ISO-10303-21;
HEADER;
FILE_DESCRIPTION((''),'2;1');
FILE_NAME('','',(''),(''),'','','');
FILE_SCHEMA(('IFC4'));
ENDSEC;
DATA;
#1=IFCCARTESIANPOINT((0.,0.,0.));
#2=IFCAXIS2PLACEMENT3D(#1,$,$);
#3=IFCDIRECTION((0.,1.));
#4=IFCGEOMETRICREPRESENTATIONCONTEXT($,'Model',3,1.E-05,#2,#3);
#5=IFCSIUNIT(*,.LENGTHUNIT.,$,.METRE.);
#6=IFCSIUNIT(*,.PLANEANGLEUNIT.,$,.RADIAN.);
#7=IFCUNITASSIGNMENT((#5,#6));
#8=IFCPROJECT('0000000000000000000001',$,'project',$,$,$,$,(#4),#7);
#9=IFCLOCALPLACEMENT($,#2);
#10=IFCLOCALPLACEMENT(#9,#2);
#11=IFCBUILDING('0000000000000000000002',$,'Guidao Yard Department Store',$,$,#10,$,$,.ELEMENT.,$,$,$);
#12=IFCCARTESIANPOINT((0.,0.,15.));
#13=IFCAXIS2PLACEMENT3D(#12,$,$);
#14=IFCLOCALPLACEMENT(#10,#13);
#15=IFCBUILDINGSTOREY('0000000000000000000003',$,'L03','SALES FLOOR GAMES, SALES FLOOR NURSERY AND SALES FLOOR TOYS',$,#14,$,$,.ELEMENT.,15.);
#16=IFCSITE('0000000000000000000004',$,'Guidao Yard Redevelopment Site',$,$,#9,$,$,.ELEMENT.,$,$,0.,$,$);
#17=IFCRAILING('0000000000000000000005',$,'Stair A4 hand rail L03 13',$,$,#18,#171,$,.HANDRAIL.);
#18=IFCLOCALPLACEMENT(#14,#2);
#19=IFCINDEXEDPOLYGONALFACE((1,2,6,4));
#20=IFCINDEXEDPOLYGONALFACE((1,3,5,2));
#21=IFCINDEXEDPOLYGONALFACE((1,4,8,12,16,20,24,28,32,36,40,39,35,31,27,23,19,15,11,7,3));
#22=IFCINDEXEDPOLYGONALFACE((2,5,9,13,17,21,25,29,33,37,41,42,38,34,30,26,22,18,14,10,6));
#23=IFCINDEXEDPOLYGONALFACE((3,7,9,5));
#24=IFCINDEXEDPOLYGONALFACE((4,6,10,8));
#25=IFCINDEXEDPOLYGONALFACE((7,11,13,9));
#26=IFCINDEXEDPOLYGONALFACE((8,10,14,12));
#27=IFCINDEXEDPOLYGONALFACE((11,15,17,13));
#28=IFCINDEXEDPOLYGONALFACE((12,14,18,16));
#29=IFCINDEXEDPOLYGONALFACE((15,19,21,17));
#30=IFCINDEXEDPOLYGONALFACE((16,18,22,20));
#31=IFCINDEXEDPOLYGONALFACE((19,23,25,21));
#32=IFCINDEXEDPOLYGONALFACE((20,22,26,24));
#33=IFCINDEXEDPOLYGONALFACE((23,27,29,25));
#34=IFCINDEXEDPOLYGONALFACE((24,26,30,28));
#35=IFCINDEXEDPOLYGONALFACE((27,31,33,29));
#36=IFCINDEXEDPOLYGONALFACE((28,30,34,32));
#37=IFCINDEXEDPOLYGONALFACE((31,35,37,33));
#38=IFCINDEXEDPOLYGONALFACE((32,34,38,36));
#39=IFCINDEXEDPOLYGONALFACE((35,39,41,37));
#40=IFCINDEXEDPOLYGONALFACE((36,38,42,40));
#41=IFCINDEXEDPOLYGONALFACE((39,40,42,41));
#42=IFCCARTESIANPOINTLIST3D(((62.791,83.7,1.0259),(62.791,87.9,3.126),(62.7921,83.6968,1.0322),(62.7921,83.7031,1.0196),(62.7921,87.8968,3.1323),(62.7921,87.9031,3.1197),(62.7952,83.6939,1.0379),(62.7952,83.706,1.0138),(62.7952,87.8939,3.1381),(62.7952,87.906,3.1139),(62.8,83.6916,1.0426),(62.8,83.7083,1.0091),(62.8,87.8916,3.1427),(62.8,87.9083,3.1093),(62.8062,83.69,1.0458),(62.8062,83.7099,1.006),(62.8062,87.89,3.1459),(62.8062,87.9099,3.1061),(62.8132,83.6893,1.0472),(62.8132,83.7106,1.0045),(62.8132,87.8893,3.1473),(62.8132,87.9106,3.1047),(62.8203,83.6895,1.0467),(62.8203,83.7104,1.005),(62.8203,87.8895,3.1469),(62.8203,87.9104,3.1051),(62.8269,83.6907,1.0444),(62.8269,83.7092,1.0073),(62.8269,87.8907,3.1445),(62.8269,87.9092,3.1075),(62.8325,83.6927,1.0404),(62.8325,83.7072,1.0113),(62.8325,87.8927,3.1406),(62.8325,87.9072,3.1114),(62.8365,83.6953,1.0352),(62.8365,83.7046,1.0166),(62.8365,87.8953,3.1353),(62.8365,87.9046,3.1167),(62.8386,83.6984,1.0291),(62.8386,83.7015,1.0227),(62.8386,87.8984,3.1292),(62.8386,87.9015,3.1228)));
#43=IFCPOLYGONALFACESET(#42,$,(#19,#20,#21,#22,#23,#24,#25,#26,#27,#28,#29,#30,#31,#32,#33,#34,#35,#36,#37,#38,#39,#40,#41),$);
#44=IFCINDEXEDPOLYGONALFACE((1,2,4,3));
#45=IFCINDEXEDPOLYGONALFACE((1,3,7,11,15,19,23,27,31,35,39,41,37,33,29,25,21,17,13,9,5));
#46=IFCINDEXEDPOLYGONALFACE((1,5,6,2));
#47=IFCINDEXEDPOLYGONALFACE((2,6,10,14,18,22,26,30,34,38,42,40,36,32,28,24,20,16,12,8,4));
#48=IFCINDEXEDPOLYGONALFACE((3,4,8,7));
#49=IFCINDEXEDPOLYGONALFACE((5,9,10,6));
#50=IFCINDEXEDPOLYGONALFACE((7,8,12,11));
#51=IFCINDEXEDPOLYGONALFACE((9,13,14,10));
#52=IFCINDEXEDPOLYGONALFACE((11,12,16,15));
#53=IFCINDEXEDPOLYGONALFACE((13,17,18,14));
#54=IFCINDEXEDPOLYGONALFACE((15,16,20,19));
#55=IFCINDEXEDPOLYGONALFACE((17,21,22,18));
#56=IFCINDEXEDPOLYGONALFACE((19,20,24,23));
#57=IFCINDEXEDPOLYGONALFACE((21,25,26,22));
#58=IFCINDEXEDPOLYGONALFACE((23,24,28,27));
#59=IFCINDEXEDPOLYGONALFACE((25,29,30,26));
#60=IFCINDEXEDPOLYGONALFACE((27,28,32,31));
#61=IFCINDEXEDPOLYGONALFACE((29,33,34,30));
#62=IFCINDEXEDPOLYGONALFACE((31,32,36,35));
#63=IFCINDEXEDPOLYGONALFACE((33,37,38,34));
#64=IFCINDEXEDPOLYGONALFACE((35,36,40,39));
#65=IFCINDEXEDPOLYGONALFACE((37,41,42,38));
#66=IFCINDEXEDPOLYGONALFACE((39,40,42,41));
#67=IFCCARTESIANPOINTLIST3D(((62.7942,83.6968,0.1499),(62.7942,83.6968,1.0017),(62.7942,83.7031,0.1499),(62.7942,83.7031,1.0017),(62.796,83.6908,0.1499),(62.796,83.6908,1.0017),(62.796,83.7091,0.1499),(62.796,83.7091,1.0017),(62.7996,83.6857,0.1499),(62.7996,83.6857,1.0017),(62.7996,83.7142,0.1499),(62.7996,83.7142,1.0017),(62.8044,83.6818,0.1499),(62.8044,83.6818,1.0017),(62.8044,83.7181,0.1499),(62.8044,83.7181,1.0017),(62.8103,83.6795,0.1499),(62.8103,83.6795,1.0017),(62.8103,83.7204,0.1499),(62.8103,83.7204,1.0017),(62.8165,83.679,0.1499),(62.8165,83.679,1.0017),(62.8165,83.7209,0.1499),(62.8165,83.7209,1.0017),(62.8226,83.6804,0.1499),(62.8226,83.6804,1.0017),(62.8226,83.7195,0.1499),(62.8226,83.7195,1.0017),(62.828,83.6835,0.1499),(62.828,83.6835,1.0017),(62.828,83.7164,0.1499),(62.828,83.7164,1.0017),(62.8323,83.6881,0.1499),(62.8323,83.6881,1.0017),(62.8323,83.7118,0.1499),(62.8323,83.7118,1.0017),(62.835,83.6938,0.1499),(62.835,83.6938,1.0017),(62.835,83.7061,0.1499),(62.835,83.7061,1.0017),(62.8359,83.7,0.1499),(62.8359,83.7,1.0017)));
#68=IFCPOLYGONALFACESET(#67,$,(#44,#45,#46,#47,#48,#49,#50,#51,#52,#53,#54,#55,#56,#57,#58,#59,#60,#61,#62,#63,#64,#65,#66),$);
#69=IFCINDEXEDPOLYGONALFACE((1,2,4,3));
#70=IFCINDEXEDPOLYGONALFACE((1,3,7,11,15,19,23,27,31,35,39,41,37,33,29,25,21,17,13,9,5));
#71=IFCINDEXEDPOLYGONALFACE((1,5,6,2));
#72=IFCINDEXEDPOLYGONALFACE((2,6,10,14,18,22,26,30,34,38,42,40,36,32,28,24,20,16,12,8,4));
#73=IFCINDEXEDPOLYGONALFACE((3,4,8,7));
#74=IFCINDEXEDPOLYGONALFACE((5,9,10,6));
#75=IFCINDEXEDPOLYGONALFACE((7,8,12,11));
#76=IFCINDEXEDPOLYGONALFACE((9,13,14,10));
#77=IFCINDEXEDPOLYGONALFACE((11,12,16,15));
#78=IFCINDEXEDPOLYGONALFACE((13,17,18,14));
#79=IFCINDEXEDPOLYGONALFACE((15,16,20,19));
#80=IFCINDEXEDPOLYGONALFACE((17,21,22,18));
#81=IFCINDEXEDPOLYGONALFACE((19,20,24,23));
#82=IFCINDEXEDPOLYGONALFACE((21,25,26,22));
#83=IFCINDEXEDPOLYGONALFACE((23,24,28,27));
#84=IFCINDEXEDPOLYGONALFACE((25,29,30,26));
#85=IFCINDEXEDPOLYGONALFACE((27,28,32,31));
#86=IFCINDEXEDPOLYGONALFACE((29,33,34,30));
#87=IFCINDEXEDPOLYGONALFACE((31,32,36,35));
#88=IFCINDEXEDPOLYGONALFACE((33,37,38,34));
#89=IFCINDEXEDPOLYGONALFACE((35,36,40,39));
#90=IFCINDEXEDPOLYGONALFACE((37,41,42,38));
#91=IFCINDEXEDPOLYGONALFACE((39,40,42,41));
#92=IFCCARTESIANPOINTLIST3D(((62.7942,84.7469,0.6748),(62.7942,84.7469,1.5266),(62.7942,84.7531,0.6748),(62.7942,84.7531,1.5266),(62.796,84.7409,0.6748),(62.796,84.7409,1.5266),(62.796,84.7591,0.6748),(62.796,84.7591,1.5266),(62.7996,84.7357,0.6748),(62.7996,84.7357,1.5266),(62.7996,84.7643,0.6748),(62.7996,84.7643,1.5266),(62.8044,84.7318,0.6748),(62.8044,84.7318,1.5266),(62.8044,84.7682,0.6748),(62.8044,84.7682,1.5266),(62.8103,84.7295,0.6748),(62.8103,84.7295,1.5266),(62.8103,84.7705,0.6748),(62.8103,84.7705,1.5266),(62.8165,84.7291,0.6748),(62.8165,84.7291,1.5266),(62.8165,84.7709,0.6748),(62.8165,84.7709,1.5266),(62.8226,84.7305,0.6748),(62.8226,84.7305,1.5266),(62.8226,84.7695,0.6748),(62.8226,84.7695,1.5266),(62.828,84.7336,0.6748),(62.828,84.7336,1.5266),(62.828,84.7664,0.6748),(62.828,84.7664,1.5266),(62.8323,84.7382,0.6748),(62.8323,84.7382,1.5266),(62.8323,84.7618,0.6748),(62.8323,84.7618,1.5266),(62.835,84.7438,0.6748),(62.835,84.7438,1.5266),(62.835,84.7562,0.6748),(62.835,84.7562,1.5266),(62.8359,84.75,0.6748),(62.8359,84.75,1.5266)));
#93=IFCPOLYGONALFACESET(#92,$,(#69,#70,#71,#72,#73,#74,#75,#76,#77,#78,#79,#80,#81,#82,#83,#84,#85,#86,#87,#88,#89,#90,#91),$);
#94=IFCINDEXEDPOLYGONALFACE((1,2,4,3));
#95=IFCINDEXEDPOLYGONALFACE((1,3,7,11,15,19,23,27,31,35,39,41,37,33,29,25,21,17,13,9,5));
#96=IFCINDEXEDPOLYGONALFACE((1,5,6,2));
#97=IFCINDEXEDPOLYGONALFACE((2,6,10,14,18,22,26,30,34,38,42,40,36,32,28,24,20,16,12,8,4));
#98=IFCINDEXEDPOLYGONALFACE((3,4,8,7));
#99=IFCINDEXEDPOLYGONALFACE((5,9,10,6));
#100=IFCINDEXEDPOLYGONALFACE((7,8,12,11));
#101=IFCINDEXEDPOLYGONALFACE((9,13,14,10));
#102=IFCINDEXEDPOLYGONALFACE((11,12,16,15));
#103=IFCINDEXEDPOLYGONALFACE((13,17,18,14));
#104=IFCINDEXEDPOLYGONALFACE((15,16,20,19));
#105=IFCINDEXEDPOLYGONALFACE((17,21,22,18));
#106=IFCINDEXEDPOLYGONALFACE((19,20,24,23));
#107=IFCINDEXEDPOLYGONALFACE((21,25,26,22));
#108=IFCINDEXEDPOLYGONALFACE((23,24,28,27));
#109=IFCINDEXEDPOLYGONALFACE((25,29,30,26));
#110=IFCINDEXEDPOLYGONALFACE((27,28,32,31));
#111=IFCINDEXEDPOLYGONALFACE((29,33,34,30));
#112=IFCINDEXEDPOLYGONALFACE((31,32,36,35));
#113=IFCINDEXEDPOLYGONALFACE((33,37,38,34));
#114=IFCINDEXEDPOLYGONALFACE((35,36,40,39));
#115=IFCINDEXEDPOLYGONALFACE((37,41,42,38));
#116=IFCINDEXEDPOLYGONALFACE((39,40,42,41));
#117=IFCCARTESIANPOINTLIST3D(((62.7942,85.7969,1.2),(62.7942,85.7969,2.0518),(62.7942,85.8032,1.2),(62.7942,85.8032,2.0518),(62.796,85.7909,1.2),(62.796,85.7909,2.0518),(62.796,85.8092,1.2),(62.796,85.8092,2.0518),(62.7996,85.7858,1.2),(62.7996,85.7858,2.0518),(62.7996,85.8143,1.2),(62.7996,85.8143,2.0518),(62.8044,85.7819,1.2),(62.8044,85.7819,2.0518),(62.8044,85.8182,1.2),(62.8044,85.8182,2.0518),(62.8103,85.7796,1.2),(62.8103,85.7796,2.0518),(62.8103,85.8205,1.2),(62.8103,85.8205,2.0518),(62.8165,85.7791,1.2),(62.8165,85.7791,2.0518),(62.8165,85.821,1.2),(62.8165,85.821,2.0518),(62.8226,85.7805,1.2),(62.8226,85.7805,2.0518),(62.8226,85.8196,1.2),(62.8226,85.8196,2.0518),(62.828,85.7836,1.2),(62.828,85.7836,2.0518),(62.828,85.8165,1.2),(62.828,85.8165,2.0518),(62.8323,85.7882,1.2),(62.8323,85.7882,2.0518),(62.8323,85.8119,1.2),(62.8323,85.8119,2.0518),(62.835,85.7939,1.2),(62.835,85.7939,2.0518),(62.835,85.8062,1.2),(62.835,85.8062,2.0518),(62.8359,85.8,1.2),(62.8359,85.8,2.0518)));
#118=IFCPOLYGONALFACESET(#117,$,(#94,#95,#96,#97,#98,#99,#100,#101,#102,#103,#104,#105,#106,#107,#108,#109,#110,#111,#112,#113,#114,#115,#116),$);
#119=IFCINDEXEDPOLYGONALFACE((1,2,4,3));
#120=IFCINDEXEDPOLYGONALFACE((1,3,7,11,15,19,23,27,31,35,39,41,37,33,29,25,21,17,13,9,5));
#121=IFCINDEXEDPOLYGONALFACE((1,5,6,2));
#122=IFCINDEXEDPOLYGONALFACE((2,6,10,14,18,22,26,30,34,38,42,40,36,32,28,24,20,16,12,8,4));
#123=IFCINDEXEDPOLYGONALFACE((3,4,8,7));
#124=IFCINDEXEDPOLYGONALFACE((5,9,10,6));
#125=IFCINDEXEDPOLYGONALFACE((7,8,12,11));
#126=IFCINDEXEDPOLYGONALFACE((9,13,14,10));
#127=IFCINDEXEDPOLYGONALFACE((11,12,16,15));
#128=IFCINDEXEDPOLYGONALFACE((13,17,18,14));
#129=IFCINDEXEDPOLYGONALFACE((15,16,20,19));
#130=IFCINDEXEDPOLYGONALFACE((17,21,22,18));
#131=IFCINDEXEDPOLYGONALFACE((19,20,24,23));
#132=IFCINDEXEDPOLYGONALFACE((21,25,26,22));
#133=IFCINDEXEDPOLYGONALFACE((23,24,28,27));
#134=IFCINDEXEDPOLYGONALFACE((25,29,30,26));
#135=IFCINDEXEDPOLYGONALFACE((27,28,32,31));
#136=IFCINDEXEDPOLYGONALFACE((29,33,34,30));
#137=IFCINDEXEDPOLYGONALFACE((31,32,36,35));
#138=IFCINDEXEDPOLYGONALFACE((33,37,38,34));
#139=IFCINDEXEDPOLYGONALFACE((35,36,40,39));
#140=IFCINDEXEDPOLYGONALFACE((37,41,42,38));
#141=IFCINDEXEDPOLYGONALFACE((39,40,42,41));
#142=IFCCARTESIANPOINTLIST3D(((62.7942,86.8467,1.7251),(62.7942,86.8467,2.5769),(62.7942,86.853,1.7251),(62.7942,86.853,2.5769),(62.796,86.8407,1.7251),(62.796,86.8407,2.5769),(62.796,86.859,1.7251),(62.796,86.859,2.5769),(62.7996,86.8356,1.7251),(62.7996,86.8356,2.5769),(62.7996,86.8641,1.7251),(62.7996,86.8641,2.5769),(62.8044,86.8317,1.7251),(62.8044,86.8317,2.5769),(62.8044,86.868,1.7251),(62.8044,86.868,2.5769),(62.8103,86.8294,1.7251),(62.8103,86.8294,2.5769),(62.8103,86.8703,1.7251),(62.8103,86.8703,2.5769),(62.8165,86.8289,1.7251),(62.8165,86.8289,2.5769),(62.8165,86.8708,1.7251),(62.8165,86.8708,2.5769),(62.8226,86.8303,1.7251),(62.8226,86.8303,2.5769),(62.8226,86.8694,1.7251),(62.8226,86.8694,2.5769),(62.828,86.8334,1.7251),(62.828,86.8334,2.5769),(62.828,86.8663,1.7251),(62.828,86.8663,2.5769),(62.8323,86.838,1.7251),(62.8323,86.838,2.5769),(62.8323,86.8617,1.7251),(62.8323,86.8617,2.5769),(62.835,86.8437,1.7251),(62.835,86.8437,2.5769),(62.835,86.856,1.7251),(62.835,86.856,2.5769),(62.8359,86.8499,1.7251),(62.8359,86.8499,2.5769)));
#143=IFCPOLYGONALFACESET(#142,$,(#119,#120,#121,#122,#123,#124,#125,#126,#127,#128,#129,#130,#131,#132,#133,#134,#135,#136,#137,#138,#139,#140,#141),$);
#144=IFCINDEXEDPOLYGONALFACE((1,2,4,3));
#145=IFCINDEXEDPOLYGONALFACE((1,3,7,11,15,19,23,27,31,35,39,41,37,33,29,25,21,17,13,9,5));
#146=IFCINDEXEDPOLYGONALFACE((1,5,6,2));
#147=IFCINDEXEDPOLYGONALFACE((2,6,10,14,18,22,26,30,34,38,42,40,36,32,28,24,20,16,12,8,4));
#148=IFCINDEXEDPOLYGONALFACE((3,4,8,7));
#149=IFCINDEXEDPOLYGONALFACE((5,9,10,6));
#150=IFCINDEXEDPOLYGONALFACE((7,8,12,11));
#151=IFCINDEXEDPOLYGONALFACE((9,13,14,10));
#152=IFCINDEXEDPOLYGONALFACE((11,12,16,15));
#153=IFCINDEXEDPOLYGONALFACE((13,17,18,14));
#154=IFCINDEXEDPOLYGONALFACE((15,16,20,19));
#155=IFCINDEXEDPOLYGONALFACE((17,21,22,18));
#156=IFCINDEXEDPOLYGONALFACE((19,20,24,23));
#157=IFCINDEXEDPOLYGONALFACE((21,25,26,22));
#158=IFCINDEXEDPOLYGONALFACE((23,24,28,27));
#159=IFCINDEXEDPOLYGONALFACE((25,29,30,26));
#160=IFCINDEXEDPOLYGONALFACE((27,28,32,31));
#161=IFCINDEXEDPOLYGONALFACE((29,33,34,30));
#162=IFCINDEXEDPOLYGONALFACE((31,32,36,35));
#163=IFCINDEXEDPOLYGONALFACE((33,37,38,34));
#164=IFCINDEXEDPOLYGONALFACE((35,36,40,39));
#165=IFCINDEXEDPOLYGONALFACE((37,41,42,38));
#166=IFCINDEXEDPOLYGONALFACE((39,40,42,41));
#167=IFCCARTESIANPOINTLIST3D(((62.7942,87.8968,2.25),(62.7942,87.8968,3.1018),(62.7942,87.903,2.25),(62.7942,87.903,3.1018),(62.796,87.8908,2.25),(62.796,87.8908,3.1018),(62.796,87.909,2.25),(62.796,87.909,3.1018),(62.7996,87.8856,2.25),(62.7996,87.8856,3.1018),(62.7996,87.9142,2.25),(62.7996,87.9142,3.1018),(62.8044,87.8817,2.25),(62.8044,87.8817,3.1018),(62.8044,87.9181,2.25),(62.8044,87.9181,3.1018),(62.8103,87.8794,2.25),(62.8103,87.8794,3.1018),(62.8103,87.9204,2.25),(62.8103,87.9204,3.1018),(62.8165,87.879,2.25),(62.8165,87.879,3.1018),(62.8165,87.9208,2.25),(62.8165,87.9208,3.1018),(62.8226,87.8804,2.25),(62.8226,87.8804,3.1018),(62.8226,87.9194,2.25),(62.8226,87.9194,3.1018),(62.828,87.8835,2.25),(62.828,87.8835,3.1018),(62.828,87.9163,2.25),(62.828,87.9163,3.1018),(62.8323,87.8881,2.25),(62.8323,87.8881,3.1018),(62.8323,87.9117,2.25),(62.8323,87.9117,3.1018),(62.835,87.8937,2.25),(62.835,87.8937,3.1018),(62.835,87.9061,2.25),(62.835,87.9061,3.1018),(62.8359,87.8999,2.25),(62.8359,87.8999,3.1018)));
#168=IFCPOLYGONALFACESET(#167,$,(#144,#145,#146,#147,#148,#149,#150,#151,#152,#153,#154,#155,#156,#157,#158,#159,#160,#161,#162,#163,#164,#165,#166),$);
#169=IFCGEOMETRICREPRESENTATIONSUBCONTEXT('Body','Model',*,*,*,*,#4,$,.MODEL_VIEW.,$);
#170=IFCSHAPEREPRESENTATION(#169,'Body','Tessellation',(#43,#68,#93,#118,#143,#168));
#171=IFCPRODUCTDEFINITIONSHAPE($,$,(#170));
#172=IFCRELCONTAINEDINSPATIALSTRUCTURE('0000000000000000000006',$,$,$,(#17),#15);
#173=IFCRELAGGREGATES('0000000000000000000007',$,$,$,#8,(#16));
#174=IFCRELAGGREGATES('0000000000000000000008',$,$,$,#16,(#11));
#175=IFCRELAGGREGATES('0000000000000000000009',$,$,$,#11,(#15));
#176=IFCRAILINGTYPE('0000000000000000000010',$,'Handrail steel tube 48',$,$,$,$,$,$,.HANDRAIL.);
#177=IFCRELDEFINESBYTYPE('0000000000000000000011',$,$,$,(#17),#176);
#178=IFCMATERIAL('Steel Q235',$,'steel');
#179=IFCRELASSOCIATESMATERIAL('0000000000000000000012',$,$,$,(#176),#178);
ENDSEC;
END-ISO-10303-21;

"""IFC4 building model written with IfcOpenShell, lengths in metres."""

from ifc_helpers import new_model, si_unit, direction, frame, origin, origin_2d, place, context, subcontext, project, spatial, circle, extrude, material, type_object, element, save


model = new_model("IFC4")

# Units and contexts
model_context = context("Model", 3, precision=1e-05, world=origin(), true_north=direction((0.0, 1.0)))
body_context = subcontext(model_context, "Body", "Model", "MODEL_VIEW")
ifc_project = project(units=[si_unit("LENGTHUNIT", "METRE"), si_unit("PLANEANGLEUNIT", "RADIAN")], contexts=[model_context])

# Site, building, storey
site_placement = place(None, origin())
site = spatial("IfcSite", under=ifc_project, at=site_placement, Name="Guidao Yard Redevelopment Site", CompositionType="ELEMENT", RefElevation=0.0)
building_placement = place(site_placement, origin())
building = spatial("IfcBuilding", under=site, at=building_placement, Name="Guidao Yard Department Store", CompositionType="ELEMENT")
storey_placement = place(building_placement, frame((0.0, 0.0, 15.0)))
storey = spatial("IfcBuildingStorey", under=building, at=storey_placement, Name="L03", Description="SALES FLOOR GAMES, SALES FLOOR NURSERY AND SALES FLOOR TOYS", CompositionType="ELEMENT", Elevation=15.0)

# Railing
ifc_material_1 = material(Name="Steel Q235", Category="steel")
railing_type_1 = type_object("IfcRailingType", Name="Handrail steel tube 48", PredefinedType="HANDRAIL", material=ifc_material_1)
for number, where, name in (
    (1, (62.8149, 83.7, 0.1499), "Stair A4 hand rail L03 13"),
):
    element("IfcRailing", number, at=place(storey_placement, frame(where)), inside=storey, type_object=railing_type_1, Name=name, PredefinedType="HANDRAIL", context=body_context, shape_type="SweptSolid", body=[
        extrude(circle(Radius=0.0239, at=origin_2d()), frame((0.0, 0.0, 0.876), z_axis=(0.0, 0.894417, 0.447234), x_axis=(-1.0, 0.0, 0.0)), (0.0, 0.0, 1.0), 4.6958),
        extrude(circle(Radius=0.021, at=origin_2d()), origin(), (0.0, 0.0, 1.0), 0.8518),
        extrude(circle(Radius=0.021, at=origin_2d()), frame((0.0, 1.05, 0.5249)), (0.0, 0.0, 1.0), 0.8518),
        extrude(circle(Radius=0.021, at=origin_2d()), frame((0.0, 2.1001, 1.05)), (0.0, 0.0, 1.0), 0.8518),
        extrude(circle(Radius=0.021, at=origin_2d()), frame((0.0, 3.1499, 1.5752)), (0.0, 0.0, 1.0), 0.8518),
        extrude(circle(Radius=0.021, at=origin_2d()), frame((0.0, 4.2, 2.1001)), (0.0, 0.0, 1.0), 0.8518),
    ])

save(model, "model.ifc")
